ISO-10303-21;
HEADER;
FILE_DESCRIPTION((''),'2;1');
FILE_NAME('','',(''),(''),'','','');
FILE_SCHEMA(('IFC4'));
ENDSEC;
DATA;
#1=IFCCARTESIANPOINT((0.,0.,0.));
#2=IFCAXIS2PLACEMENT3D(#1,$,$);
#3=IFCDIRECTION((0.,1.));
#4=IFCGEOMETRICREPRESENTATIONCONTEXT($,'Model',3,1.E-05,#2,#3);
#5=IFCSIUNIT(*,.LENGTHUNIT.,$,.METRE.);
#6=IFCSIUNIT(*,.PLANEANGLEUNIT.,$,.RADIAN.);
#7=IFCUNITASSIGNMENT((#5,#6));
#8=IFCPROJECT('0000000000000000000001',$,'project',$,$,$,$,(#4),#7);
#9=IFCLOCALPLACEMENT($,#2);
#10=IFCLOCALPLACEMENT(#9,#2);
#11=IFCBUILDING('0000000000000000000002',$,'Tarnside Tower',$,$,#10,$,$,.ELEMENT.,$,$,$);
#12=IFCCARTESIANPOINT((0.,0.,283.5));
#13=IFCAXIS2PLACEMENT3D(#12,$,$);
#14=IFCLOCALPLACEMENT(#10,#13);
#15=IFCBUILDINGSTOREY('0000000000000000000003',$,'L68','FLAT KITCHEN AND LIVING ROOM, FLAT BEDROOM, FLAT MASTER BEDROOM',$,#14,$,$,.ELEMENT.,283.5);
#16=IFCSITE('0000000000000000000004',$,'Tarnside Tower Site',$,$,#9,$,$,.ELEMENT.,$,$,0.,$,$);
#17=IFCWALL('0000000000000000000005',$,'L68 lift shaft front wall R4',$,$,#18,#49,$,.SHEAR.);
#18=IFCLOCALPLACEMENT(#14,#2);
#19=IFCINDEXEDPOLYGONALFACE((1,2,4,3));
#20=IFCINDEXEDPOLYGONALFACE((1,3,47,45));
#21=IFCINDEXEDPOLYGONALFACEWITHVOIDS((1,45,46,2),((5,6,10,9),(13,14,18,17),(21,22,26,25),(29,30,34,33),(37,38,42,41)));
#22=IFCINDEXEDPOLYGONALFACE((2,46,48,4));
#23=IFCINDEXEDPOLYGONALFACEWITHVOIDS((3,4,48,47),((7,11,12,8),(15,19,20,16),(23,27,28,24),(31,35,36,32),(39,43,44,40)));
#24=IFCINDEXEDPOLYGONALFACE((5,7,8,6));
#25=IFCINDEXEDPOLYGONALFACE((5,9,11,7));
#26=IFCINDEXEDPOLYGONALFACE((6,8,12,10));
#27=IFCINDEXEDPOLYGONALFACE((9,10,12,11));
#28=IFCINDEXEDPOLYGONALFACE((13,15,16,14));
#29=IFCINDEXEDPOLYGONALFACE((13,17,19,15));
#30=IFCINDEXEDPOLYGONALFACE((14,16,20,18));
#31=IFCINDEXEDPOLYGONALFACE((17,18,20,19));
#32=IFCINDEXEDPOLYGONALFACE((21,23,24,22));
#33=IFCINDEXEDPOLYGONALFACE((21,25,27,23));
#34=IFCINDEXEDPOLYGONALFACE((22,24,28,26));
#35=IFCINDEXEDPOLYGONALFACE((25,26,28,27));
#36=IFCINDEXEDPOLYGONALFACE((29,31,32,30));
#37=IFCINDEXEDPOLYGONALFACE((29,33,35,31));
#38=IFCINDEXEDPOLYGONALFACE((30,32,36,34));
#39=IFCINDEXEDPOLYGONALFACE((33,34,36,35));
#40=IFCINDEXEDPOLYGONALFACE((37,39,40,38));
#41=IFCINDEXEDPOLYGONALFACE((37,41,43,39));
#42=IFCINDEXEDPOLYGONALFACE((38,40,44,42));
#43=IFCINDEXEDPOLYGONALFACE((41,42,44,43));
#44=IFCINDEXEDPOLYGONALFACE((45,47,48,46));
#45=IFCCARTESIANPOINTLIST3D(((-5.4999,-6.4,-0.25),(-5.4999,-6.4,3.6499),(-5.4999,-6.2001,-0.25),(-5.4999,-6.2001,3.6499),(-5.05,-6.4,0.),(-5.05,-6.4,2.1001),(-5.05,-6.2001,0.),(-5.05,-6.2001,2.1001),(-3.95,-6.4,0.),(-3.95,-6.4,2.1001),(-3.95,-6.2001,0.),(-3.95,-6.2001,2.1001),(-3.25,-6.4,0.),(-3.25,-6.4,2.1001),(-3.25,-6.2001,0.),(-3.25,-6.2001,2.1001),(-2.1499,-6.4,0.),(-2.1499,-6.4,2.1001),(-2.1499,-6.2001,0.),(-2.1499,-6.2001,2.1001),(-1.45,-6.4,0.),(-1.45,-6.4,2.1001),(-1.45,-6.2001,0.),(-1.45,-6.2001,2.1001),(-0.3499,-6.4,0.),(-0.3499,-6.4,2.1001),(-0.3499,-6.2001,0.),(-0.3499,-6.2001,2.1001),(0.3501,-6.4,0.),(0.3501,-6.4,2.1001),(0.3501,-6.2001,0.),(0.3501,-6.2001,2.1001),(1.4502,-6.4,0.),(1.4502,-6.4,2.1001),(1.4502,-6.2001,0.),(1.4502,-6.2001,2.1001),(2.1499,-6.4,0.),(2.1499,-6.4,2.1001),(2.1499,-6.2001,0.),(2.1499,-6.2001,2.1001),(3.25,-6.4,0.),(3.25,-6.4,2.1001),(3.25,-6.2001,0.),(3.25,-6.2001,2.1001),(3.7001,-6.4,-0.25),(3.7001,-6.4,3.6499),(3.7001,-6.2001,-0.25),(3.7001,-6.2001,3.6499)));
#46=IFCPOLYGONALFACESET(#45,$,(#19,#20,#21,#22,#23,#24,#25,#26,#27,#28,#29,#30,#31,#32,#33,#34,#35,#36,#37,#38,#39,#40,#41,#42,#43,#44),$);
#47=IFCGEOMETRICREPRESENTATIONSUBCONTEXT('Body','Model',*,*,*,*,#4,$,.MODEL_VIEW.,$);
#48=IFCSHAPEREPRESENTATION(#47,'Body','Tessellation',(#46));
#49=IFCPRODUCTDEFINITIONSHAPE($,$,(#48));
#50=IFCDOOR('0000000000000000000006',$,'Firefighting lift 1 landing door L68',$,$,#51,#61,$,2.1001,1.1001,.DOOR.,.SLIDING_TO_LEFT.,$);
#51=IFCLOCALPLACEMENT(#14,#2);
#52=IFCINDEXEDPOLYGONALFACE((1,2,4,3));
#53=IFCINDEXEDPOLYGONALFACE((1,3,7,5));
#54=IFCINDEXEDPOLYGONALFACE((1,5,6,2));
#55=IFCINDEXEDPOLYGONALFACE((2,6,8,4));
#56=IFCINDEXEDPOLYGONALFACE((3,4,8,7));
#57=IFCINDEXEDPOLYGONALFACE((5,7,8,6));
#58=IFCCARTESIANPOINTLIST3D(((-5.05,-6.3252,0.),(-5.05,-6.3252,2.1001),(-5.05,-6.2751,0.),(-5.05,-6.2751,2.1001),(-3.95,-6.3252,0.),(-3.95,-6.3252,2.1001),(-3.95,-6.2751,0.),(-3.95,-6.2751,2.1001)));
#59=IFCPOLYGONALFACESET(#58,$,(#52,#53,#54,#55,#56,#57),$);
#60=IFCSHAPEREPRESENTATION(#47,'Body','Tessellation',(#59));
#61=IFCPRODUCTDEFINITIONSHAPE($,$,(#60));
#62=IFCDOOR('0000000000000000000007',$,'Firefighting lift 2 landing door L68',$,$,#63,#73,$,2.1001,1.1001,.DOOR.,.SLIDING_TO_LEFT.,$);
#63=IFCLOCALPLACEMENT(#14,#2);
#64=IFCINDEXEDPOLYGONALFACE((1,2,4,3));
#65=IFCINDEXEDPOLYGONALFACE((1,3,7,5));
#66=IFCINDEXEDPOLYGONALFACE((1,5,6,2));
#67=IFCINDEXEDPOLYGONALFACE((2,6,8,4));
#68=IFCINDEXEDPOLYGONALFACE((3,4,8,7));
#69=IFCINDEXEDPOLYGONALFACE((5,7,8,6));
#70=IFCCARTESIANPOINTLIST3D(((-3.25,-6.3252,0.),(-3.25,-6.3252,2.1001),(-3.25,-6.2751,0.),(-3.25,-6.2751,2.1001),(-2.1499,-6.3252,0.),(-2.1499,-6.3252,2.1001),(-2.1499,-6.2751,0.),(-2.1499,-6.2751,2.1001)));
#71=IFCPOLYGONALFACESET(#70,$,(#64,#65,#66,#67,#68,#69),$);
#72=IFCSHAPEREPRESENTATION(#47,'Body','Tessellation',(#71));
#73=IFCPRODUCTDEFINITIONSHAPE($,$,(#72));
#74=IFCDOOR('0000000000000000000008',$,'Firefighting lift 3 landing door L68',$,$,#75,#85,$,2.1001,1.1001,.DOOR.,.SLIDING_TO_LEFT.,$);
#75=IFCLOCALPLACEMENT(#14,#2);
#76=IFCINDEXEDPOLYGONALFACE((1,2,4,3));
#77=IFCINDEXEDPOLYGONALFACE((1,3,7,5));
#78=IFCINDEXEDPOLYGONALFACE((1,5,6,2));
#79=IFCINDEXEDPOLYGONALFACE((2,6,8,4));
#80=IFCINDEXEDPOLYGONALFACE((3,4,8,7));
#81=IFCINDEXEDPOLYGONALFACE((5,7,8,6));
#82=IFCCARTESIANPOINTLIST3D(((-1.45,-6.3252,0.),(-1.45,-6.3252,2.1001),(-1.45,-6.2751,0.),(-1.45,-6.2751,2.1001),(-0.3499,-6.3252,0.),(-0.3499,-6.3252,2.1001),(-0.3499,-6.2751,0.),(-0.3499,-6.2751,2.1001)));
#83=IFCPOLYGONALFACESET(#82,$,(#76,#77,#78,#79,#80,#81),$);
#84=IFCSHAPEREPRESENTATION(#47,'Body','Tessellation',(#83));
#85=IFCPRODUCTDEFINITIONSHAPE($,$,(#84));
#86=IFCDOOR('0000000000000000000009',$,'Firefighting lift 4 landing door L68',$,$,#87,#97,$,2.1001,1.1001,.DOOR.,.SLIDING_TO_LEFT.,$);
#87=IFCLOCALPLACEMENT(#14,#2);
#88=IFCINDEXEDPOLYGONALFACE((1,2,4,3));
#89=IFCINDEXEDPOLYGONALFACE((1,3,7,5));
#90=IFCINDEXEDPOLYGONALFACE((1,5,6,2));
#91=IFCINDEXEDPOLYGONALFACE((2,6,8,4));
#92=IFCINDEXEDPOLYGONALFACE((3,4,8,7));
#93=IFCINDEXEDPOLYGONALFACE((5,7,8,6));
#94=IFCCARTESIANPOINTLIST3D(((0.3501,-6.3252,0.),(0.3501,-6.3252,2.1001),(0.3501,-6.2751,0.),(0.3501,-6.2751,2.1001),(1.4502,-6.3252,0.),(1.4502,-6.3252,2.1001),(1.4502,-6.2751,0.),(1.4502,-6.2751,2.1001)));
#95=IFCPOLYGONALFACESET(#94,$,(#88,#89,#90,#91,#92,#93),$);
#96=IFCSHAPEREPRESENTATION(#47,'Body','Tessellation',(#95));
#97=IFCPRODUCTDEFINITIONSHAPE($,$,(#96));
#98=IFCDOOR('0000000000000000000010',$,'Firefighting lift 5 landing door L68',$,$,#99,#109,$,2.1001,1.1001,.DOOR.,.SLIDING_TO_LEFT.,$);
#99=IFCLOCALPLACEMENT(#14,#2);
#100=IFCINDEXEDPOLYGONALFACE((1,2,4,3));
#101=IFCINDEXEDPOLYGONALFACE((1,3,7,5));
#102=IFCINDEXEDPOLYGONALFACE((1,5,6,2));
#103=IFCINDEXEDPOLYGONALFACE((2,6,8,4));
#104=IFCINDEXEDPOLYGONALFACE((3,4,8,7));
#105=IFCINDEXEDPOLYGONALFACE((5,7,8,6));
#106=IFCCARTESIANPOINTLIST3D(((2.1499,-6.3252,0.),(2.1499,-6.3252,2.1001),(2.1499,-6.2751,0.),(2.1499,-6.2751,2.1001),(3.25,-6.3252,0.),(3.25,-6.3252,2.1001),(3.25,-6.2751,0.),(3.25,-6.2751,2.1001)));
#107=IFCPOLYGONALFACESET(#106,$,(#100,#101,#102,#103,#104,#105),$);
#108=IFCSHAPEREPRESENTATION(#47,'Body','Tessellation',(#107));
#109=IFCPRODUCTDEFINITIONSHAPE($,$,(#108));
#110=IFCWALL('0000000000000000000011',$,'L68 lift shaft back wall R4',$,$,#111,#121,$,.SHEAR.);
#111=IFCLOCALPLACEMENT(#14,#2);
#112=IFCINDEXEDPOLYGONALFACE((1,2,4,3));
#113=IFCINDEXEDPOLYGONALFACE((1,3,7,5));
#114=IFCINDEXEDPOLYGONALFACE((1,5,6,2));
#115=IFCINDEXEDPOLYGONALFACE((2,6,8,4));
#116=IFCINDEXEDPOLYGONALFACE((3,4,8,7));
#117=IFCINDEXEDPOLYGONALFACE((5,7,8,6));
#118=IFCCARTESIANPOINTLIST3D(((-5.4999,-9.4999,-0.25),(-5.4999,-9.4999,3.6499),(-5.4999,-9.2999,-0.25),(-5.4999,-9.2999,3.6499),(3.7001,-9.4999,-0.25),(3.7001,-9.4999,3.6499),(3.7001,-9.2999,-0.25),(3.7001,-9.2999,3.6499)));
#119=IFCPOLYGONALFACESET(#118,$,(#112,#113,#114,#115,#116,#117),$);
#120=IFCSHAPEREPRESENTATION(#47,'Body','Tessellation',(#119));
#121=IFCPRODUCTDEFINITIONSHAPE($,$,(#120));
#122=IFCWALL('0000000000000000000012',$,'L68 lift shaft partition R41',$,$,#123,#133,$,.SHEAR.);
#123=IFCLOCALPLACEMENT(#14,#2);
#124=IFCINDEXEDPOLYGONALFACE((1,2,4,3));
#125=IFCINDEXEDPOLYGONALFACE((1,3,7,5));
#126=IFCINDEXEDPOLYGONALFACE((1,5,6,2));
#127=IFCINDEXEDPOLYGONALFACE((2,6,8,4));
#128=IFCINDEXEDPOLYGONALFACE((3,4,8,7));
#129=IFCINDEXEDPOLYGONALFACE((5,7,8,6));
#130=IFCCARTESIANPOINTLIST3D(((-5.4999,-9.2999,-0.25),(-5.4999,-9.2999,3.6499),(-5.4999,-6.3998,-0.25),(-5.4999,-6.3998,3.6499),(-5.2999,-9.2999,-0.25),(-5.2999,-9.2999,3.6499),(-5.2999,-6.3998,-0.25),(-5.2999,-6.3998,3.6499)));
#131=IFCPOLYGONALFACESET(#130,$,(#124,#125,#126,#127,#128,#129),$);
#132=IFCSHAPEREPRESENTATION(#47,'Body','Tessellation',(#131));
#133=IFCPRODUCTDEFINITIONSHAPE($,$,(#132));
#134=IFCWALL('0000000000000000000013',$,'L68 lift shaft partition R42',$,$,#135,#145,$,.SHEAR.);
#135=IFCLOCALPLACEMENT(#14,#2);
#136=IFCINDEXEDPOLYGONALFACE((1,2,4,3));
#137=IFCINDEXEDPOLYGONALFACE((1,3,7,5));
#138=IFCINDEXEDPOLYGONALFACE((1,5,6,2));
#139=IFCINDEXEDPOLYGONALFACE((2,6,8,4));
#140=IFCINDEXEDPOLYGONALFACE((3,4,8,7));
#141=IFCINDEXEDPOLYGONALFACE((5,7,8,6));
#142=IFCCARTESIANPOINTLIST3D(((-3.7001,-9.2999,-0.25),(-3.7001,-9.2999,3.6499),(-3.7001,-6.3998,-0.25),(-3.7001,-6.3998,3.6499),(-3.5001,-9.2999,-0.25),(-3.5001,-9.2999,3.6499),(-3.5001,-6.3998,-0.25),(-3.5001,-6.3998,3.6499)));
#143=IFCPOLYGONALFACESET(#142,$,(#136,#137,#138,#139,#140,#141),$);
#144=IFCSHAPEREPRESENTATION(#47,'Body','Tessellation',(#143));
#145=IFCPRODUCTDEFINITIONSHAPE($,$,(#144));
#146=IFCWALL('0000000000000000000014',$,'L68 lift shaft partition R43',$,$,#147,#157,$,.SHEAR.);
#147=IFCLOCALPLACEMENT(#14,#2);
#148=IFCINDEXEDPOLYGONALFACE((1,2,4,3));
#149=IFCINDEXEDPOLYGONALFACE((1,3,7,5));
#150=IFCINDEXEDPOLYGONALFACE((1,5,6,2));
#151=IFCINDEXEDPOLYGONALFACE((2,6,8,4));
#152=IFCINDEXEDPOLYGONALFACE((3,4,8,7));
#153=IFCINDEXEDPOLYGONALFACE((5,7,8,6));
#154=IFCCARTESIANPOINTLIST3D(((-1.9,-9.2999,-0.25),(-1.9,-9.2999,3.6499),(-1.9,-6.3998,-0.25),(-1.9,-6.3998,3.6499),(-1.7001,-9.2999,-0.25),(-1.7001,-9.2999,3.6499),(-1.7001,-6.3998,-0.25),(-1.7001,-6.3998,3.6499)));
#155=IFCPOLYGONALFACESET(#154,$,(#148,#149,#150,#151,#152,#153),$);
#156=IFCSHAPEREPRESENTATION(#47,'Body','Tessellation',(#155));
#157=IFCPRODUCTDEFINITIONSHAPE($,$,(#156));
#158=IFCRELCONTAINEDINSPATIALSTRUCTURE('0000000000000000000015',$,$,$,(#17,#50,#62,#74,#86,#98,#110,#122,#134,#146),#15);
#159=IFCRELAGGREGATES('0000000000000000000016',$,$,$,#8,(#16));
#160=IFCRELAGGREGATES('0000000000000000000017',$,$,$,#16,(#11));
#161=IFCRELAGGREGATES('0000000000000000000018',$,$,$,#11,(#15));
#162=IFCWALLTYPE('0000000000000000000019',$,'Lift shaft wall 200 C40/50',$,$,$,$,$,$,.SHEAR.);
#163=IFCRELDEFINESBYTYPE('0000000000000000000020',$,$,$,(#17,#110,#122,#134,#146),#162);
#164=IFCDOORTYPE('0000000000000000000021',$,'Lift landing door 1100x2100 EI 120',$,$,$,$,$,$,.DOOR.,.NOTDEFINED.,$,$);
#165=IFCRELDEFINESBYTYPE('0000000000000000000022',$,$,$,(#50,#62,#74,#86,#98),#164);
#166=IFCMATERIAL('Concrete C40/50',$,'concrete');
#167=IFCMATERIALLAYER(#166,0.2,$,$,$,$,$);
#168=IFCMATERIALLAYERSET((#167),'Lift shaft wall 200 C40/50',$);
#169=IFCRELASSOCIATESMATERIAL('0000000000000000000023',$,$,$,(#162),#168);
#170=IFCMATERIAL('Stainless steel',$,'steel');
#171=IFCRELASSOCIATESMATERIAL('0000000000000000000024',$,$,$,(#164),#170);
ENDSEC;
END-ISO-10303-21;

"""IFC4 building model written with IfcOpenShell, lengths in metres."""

from ifc_helpers import new_model, si_unit, direction, frame, frame_2d, origin, place, context, subcontext, project, spatial, rectangle, extrude, material, layer, layer_set, type_object, element, fill, save


model = new_model("IFC4")

# Units and contexts
model_context = context("Model", 3, precision=1e-05, world=origin(), true_north=direction((0.0, 1.0)))
body_context = subcontext(model_context, "Body", "Model", "MODEL_VIEW")
ifc_project = project(units=[si_unit("LENGTHUNIT", "METRE"), si_unit("PLANEANGLEUNIT", "RADIAN")], contexts=[model_context])

# Site, building, storey
site_placement = place(None, origin())
site = spatial("IfcSite", under=ifc_project, at=site_placement, Name="Tarnside Tower Site", CompositionType="ELEMENT", RefElevation=0.0)
building_placement = place(site_placement, origin())
building = spatial("IfcBuilding", under=site, at=building_placement, Name="Tarnside Tower", CompositionType="ELEMENT")
storey_placement = place(building_placement, frame((0.0, 0.0, 283.5)))
storey = spatial("IfcBuildingStorey", under=building, at=storey_placement, Name="L68", Description="FLAT KITCHEN AND LIVING ROOM, FLAT BEDROOM, FLAT MASTER BEDROOM", CompositionType="ELEMENT", Elevation=283.5)

# Shared definitions
ifc_material_1 = material(Name="Concrete C40/50", Category="concrete")

# Wall, openings, doors
ifc_layer_1 = layer(ifc_material_1, 0.2)
ifc_layer_set_1 = layer_set([ifc_layer_1], Name="Lift shaft wall 200 C40/50")
wall_type_1 = type_object("IfcWallType", Name="Lift shaft wall 200 C40/50", PredefinedType="SHEAR", material=ifc_layer_set_1)
wall_1_placement = place(storey_placement, frame((-5.5, -6.3, -0.25), z_axis=(0.0, 0.0, 1.0), x_axis=(1.0, 0.0, 0.0)))
wall_1 = element("IfcWall", 1, at=wall_1_placement, inside=storey, type_object=wall_type_1, Name="L68 lift shaft front wall R4", PredefinedType="SHEAR", context=body_context, shape_type="SweptSolid", body=[
    extrude(rectangle(XDim=9.2, YDim=0.2, at=frame_2d((4.6001, 0.0))), origin(), (0.0, 0.0, 1.0), 3.8999),
])
opening_1_placement = place(wall_1_placement, frame((0.45, 0.0, 0.25)))
opening_1 = element("IfcOpeningElement", 2, at=opening_1_placement, cuts=wall_1, PredefinedType="OPENING", context=body_context, shape_type="SweptSolid", body=[
    extrude(rectangle(XDim=1.1001, YDim=2.1001, at=frame_2d((0.55, 1.05))), frame((0.0, 0.1099, 0.0), z_axis=(0.0, -1.0, 0.0), x_axis=(1.0, 0.0, 0.0)), (0.0, 0.0, 1.0), 0.22),
])
opening_2_placement = place(wall_1_placement, frame((2.25, 0.0, 0.25)))
opening_2 = element("IfcOpeningElement", 3, at=opening_2_placement, cuts=wall_1, PredefinedType="OPENING", context=body_context, shape_type="SweptSolid", body=[
    extrude(rectangle(XDim=1.1001, YDim=2.1001, at=frame_2d((0.55, 1.05))), frame((0.0, 0.1099, 0.0), z_axis=(0.0, -1.0, 0.0), x_axis=(1.0, 0.0, 0.0)), (0.0, 0.0, 1.0), 0.22),
])
opening_3_placement = place(wall_1_placement, frame((4.05, 0.0, 0.25)))
opening_3 = element("IfcOpeningElement", 4, at=opening_3_placement, cuts=wall_1, PredefinedType="OPENING", context=body_context, shape_type="SweptSolid", body=[
    extrude(rectangle(XDim=1.1001, YDim=2.1001, at=frame_2d((0.55, 1.05))), frame((0.0, 0.1099, 0.0), z_axis=(0.0, -1.0, 0.0), x_axis=(1.0, 0.0, 0.0)), (0.0, 0.0, 1.0), 0.22),
])
opening_4_placement = place(wall_1_placement, frame((5.8501, 0.0, 0.25)))
opening_4 = element("IfcOpeningElement", 5, at=opening_4_placement, cuts=wall_1, PredefinedType="OPENING", context=body_context, shape_type="SweptSolid", body=[
    extrude(rectangle(XDim=1.1001, YDim=2.1001, at=frame_2d((0.55, 1.05))), frame((0.0, 0.1099, 0.0), z_axis=(0.0, -1.0, 0.0), x_axis=(1.0, 0.0, 0.0)), (0.0, 0.0, 1.0), 0.22),
])
opening_5_placement = place(wall_1_placement, frame((7.6499, 0.0, 0.25)))
opening_5 = element("IfcOpeningElement", 6, at=opening_5_placement, cuts=wall_1, PredefinedType="OPENING", context=body_context, shape_type="SweptSolid", body=[
    extrude(rectangle(XDim=1.1001, YDim=2.1001, at=frame_2d((0.55, 1.05))), frame((0.0, 0.1099, 0.0), z_axis=(0.0, -1.0, 0.0), x_axis=(1.0, 0.0, 0.0)), (0.0, 0.0, 1.0), 0.22),
])
ifc_material_2 = material(Name="Stainless steel", Category="steel")
door_type_1 = type_object("IfcDoorType", Name="Lift landing door 1100x2100 EI 120", OperationType="NOTDEFINED", PredefinedType="DOOR", material=ifc_material_2)
door_1_placement = place(opening_1_placement, origin())
door_1 = element("IfcDoor", 7, at=door_1_placement, inside=storey, type_object=door_type_1, Name="Firefighting lift 1 landing door L68", OperationType="SLIDING_TO_LEFT", OverallHeight=2.1001, OverallWidth=1.1001, PredefinedType="DOOR", context=body_context, shape_type="SweptSolid", body=[
    extrude(rectangle(XDim=1.1001, YDim=2.1001, at=frame_2d((0.55, 1.05))), frame((0.0, 0.0249, 0.0), z_axis=(0.0, -1.0, 0.0), x_axis=(1.0, 0.0, 0.0)), (0.0, 0.0, 1.0), 0.05),
])
fill(opening_1, door_1)
door_2_placement = place(opening_2_placement, origin())
door_2 = element("IfcDoor", 8, at=door_2_placement, inside=storey, type_object=door_type_1, Name="Firefighting lift 2 landing door L68", OperationType="SLIDING_TO_LEFT", OverallHeight=2.1001, OverallWidth=1.1001, PredefinedType="DOOR", context=body_context, shape_type="SweptSolid", body=[
    extrude(rectangle(XDim=1.1001, YDim=2.1001, at=frame_2d((0.55, 1.05))), frame((0.0, 0.0249, 0.0), z_axis=(0.0, -1.0, 0.0), x_axis=(1.0, 0.0, 0.0)), (0.0, 0.0, 1.0), 0.05),
])
fill(opening_2, door_2)
door_3_placement = place(opening_3_placement, origin())
door_3 = element("IfcDoor", 9, at=door_3_placement, inside=storey, type_object=door_type_1, Name="Firefighting lift 3 landing door L68", OperationType="SLIDING_TO_LEFT", OverallHeight=2.1001, OverallWidth=1.1001, PredefinedType="DOOR", context=body_context, shape_type="SweptSolid", body=[
    extrude(rectangle(XDim=1.1001, YDim=2.1001, at=frame_2d((0.55, 1.05))), frame((0.0, 0.0249, 0.0), z_axis=(0.0, -1.0, 0.0), x_axis=(1.0, 0.0, 0.0)), (0.0, 0.0, 1.0), 0.05),
])
fill(opening_3, door_3)
door_4_placement = place(opening_4_placement, origin())
door_4 = element("IfcDoor", 10, at=door_4_placement, inside=storey, type_object=door_type_1, Name="Firefighting lift 4 landing door L68", OperationType="SLIDING_TO_LEFT", OverallHeight=2.1001, OverallWidth=1.1001, PredefinedType="DOOR", context=body_context, shape_type="SweptSolid", body=[
    extrude(rectangle(XDim=1.1001, YDim=2.1001, at=frame_2d((0.55, 1.05))), frame((0.0, 0.0249, 0.0), z_axis=(0.0, -1.0, 0.0), x_axis=(1.0, 0.0, 0.0)), (0.0, 0.0, 1.0), 0.05),
])
fill(opening_4, door_4)
door_5_placement = place(opening_5_placement, origin())
door_5 = element("IfcDoor", 11, at=door_5_placement, inside=storey, type_object=door_type_1, Name="Firefighting lift 5 landing door L68", OperationType="SLIDING_TO_LEFT", OverallHeight=2.1001, OverallWidth=1.1001, PredefinedType="DOOR", context=body_context, shape_type="SweptSolid", body=[
    extrude(rectangle(XDim=1.1001, YDim=2.1001, at=frame_2d((0.55, 1.05))), frame((0.0, 0.0249, 0.0), z_axis=(0.0, -1.0, 0.0), x_axis=(1.0, 0.0, 0.0)), (0.0, 0.0, 1.0), 0.05),
])
fill(opening_5, door_5)

# Walls
wall_2_placement = place(storey_placement, frame((-5.5, -9.3999, -0.25), z_axis=(0.0, 0.0, 1.0), x_axis=(1.0, 0.0, 0.0)))
element("IfcWall", 12, at=wall_2_placement, inside=storey, type_object=wall_type_1, Name="L68 lift shaft back wall R4", PredefinedType="SHEAR", context=body_context, shape_type="SweptSolid", body=[
    extrude(rectangle(XDim=9.2, YDim=0.2, at=frame_2d((4.6001, 0.0))), origin(), (0.0, 0.0, 1.0), 3.8999),
])
for number, where, z_axis, x_axis, name in (
    (13, (-5.3999, -9.3, -0.25), (0.0, 0.0, 1.0), (0.0, 1.0, 0.0), "L68 lift shaft partition R41"),
    (14, (-3.6001, -9.3, -0.25), (0.0, 0.0, 1.0), (0.0, 1.0, 0.0), "L68 lift shaft partition R42"),
    (15, (-1.8, -9.3, -0.25), (0.0, 0.0, 1.0), (0.0, 1.0, 0.0), "L68 lift shaft partition R43"),
):
    element("IfcWall", number, at=place(storey_placement, frame(where, z_axis=z_axis, x_axis=x_axis)), inside=storey, type_object=wall_type_1, Name=name, PredefinedType="SHEAR", context=body_context, shape_type="SweptSolid", body=[
        extrude(rectangle(XDim=2.9001, YDim=0.2, at=frame_2d((1.4502, 0.0))), origin(), (0.0, 0.0, 1.0), 3.8999),
    ])

save(model, "model.ifc")
